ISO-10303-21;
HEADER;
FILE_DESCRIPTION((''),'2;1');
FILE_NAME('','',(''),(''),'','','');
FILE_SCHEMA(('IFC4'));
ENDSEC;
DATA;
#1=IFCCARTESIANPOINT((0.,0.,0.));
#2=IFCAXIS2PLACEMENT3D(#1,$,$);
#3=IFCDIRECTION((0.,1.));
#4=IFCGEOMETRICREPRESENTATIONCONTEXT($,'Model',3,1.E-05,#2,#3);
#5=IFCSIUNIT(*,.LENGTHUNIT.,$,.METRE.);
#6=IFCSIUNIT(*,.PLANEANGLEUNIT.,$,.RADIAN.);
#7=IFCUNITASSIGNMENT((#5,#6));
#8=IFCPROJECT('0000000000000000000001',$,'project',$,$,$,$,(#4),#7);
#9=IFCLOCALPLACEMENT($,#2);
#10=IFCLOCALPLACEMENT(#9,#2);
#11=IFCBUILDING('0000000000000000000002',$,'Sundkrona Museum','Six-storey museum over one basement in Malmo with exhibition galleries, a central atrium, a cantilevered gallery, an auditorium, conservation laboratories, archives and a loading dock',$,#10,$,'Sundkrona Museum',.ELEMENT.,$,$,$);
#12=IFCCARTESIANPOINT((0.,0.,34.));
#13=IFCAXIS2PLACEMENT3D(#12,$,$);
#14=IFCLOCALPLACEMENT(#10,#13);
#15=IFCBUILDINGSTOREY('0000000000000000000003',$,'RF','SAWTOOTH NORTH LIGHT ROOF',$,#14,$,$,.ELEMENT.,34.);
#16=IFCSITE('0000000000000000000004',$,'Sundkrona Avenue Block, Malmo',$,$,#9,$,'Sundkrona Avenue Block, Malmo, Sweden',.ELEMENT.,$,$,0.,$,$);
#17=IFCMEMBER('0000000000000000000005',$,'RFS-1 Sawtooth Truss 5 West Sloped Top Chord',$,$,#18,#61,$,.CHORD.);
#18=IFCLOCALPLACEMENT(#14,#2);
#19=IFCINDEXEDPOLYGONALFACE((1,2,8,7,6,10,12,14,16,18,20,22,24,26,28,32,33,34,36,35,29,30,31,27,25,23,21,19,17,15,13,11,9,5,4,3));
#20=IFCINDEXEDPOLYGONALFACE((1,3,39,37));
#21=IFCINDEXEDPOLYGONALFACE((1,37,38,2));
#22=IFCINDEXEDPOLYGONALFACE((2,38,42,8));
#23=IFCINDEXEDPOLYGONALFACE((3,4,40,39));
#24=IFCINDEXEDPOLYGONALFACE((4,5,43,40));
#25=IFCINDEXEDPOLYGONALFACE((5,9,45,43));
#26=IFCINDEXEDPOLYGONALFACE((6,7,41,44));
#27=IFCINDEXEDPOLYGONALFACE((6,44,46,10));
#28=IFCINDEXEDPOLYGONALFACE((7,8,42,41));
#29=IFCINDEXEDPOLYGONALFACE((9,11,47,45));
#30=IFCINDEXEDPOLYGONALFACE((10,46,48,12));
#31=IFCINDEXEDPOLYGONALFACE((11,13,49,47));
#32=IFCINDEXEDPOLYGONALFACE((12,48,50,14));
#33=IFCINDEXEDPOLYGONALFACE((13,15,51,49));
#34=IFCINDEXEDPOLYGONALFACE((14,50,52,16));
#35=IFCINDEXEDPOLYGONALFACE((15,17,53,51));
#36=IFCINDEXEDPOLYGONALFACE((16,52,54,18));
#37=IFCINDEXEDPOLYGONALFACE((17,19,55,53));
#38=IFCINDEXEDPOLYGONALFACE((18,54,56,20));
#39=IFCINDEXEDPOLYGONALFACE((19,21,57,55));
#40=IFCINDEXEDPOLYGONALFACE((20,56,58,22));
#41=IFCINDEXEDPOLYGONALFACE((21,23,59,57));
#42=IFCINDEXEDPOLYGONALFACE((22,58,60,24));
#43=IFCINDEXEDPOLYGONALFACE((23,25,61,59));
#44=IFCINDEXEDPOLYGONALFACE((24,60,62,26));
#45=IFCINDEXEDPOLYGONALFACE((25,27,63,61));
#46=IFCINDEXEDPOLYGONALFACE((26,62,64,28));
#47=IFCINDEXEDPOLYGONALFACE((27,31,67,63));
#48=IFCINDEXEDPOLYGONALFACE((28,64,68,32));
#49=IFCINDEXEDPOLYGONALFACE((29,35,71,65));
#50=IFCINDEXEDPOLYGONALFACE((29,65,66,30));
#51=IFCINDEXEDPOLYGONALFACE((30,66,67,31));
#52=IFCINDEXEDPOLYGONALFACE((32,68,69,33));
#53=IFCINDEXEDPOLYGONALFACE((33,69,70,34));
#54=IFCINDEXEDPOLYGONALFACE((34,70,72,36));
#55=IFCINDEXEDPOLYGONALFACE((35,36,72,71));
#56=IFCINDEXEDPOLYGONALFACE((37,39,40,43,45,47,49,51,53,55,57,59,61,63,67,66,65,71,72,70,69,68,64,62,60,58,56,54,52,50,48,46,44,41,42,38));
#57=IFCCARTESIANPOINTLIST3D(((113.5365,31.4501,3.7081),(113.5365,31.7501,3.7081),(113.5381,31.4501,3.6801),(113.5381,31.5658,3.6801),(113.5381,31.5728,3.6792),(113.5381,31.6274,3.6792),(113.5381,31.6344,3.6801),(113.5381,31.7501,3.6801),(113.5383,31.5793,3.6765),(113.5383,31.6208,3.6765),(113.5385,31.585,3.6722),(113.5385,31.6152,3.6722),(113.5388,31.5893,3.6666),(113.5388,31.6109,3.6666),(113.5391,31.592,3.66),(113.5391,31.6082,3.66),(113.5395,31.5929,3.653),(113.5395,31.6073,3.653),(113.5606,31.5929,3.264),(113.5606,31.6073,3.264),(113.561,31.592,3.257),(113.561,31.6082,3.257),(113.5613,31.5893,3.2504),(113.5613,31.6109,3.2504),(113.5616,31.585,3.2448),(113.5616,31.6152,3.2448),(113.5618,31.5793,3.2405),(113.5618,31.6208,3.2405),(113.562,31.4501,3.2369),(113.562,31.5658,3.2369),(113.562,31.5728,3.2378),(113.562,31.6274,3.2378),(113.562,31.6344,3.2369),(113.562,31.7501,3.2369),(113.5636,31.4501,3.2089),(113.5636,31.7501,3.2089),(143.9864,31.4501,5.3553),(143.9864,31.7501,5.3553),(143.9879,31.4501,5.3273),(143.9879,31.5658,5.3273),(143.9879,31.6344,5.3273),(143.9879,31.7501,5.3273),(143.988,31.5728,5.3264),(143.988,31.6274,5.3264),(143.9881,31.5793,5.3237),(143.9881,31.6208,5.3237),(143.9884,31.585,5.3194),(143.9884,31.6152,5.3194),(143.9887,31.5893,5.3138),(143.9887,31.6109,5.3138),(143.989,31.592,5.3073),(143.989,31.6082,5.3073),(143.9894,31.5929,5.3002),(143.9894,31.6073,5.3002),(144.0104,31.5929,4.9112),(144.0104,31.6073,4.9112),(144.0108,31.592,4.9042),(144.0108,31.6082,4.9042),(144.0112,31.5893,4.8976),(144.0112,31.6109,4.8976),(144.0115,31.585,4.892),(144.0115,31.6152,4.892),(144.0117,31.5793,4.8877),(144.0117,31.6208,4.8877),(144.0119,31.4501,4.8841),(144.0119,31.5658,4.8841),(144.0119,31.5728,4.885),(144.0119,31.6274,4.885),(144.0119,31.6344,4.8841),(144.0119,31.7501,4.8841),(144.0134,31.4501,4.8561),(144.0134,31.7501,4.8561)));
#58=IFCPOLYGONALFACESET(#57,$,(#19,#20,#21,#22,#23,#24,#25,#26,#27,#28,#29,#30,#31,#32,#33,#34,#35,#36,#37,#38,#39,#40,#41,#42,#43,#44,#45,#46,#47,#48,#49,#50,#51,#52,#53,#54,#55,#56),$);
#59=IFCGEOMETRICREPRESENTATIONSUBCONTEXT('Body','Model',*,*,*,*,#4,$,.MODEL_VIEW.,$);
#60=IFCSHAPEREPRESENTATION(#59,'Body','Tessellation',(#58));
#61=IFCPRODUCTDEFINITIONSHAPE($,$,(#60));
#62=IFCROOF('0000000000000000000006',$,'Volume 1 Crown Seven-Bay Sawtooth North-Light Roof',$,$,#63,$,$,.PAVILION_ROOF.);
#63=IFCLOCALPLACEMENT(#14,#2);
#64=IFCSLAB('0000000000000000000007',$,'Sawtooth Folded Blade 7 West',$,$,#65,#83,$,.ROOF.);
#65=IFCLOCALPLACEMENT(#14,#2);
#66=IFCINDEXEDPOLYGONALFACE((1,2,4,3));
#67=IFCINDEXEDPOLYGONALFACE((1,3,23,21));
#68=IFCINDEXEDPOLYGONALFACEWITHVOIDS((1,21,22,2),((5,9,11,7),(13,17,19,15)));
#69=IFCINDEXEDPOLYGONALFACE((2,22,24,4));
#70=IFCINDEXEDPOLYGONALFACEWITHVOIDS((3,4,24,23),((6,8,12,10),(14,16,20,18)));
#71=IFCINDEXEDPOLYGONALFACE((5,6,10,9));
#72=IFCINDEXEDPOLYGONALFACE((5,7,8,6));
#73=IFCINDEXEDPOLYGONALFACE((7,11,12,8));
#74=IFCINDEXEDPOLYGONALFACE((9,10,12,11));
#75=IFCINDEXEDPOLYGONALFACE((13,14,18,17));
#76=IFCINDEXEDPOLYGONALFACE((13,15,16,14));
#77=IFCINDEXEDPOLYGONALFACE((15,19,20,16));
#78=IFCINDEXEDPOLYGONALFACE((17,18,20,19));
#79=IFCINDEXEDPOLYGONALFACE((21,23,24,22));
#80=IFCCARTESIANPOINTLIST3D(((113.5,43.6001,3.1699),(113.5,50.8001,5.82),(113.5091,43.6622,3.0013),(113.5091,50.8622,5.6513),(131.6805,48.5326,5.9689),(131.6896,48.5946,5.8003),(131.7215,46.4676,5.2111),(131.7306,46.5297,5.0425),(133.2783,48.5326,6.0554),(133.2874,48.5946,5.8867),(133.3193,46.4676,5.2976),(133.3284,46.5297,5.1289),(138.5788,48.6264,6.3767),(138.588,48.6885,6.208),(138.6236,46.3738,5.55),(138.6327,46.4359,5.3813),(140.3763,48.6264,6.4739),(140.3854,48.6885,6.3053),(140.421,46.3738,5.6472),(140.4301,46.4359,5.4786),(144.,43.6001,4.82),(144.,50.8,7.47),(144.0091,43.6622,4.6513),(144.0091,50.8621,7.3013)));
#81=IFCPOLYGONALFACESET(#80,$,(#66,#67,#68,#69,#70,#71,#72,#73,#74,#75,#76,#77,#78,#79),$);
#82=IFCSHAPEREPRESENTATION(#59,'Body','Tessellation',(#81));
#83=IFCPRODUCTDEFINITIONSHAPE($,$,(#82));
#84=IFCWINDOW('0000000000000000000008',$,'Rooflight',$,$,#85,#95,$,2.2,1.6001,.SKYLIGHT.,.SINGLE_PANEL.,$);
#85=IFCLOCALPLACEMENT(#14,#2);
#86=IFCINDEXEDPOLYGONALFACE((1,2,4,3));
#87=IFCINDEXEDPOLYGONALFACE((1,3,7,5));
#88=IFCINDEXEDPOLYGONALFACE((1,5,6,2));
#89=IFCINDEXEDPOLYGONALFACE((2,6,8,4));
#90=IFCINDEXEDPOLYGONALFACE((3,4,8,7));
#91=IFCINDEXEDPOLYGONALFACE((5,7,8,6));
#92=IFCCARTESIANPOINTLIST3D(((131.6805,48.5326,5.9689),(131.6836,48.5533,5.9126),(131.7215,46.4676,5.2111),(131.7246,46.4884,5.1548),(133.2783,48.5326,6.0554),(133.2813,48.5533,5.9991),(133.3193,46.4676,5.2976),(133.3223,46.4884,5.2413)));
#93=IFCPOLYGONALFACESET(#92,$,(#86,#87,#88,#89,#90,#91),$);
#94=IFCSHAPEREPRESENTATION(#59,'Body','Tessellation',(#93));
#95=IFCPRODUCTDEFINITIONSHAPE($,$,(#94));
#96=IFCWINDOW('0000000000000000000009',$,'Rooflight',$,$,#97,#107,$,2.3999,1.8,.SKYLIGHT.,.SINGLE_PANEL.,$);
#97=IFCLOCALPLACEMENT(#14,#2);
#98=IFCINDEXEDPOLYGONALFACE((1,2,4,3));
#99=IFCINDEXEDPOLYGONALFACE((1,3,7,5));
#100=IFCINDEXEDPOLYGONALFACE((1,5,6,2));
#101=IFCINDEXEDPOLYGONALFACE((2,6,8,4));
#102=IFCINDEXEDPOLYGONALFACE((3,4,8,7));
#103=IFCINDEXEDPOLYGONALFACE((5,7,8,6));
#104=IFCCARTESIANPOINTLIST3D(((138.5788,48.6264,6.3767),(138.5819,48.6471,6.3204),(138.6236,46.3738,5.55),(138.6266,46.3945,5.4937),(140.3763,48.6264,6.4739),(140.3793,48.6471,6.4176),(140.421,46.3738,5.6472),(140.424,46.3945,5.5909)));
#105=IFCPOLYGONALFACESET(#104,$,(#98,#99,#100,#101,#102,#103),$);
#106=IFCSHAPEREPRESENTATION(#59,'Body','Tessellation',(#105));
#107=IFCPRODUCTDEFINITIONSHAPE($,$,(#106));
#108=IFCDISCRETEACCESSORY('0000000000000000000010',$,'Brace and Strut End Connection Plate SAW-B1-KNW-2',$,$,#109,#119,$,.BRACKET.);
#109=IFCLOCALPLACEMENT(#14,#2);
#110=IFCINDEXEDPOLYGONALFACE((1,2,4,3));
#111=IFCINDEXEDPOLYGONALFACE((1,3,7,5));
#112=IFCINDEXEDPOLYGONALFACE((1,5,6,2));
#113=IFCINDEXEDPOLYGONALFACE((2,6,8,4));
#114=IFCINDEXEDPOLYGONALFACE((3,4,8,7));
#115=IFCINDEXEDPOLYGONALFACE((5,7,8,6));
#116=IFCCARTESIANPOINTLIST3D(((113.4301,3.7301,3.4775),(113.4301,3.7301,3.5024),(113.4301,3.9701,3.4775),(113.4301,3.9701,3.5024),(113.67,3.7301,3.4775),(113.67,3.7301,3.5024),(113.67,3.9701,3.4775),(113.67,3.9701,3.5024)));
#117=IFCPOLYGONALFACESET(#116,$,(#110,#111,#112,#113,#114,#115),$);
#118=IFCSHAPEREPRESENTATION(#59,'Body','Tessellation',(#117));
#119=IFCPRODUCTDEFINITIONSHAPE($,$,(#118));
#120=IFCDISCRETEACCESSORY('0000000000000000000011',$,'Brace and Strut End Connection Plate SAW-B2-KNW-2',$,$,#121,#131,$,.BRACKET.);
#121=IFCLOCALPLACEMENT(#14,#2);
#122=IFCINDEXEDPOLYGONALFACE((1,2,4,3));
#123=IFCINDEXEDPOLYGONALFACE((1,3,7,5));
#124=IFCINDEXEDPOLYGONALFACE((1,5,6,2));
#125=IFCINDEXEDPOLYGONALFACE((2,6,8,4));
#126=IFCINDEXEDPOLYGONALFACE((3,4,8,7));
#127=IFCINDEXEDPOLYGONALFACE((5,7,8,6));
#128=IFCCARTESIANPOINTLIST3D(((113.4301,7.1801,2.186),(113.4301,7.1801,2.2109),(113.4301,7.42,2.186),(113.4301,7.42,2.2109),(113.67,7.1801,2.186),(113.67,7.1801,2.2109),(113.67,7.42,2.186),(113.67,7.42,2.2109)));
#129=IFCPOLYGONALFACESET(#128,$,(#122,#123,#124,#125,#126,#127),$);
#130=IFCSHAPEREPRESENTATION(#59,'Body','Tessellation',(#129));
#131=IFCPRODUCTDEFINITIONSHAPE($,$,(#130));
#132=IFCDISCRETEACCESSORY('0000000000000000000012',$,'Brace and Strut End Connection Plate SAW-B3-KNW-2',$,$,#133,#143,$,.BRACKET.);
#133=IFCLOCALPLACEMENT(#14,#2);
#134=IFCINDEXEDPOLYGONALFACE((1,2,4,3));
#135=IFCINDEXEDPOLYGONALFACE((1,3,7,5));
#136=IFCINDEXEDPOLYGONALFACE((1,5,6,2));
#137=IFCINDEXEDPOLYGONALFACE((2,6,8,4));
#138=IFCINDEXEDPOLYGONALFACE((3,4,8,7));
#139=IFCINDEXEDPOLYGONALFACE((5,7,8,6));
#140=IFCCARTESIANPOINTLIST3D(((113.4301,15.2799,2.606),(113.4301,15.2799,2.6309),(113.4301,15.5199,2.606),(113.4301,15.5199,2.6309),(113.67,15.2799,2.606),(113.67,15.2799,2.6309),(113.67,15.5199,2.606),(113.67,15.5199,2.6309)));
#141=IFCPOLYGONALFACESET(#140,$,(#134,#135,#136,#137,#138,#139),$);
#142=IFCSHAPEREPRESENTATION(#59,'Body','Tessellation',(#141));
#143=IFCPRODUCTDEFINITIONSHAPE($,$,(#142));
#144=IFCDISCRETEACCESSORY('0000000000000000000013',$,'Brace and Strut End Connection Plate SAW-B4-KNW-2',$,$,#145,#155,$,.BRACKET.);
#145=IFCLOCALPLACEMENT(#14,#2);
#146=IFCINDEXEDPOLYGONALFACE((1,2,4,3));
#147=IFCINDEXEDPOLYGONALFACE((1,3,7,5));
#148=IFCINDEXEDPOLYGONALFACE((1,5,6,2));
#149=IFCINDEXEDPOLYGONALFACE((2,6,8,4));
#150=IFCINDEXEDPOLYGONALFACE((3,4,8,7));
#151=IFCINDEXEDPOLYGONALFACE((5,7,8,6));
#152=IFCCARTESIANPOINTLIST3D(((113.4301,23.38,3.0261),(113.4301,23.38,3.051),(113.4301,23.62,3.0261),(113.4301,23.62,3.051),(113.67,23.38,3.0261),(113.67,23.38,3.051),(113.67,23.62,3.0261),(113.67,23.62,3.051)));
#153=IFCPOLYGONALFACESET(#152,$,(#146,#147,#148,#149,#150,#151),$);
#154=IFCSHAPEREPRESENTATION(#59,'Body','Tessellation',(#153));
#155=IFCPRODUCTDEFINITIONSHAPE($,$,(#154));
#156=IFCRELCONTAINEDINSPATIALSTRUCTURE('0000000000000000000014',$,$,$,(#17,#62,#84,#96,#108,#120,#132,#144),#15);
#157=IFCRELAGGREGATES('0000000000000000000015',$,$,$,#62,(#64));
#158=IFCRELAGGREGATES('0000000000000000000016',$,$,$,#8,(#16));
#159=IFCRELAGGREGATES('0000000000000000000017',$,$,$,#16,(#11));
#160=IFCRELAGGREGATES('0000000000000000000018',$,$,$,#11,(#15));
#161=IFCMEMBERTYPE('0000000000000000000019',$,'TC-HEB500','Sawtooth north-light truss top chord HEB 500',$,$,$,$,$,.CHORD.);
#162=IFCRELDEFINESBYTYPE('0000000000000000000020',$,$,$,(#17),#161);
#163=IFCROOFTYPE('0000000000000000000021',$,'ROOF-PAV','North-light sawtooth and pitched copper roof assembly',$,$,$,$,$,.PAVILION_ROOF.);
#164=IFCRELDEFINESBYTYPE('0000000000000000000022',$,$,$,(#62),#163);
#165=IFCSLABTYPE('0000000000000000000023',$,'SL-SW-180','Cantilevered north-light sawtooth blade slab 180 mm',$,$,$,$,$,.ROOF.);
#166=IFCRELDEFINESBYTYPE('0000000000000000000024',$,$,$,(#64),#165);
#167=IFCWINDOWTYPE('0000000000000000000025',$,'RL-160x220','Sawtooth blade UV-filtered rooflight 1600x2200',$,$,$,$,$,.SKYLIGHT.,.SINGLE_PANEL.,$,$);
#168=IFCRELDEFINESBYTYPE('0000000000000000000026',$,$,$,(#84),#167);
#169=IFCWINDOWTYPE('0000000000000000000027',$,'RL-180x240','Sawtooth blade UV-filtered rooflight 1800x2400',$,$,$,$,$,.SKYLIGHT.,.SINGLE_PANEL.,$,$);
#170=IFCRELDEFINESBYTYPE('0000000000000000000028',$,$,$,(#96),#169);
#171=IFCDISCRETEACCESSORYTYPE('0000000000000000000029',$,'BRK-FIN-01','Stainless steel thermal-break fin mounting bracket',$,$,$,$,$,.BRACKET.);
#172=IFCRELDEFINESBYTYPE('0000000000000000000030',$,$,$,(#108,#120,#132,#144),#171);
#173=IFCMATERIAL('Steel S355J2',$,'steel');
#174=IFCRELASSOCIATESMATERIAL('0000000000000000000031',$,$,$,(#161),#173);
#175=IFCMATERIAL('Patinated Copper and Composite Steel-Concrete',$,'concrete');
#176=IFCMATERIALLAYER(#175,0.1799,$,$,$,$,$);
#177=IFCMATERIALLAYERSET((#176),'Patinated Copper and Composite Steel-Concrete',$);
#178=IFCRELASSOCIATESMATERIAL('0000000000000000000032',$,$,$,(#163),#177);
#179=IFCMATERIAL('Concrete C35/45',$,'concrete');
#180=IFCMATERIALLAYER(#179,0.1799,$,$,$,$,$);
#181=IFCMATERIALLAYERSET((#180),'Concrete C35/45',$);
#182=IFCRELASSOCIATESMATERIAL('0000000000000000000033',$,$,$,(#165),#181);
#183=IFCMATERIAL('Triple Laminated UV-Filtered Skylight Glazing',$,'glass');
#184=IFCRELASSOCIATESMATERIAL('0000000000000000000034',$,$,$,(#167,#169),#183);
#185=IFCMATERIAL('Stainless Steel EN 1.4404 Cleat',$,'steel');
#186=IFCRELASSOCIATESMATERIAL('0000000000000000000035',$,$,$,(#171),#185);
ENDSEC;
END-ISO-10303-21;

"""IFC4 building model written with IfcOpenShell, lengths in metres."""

from ifc_helpers import new_model, si_unit, direction, frame, origin, origin_2d, place, context, subcontext, project, spatial, polyline, rectangle, i_section, outline, extrude, material, layer, layer_set, material_profile, profile_set, type_object, element, fill, aggregate, save


model = new_model("IFC4")

# Units and contexts
model_context = context("Model", 3, precision=1e-05, world=origin(), true_north=direction((0.0, 1.0)))
body_context = subcontext(model_context, "Body", "Model", "MODEL_VIEW")
ifc_project = project(units=[si_unit("LENGTHUNIT", "METRE"), si_unit("PLANEANGLEUNIT", "RADIAN")], contexts=[model_context])

# Site, building, storey
site_placement = place(None, origin())
site = spatial("IfcSite", under=ifc_project, at=site_placement, Name="Sundkrona Avenue Block, Malmo", LongName="Sundkrona Avenue Block, Malmo, Sweden", CompositionType="ELEMENT", RefElevation=0.0)
building_placement = place(site_placement, origin())
building = spatial("IfcBuilding", under=site, at=building_placement, Name="Sundkrona Museum", Description="Six-storey museum over one basement in Malmo with exhibition galleries, a central atrium, a cantilevered gallery, an auditorium, conservation laboratories, archives and a loading dock", LongName="Sundkrona Museum", CompositionType="ELEMENT")
storey_placement = place(building_placement, frame((0.0, 0.0, 34.0)))
storey = spatial("IfcBuildingStorey", under=building, at=storey_placement, Name="RF", Description="SAWTOOTH NORTH LIGHT ROOF", CompositionType="ELEMENT", Elevation=34.0)

# Member
ifc_material_1 = material(Name="Steel S355J2", Category="steel")
ifc_material_profile = material_profile(ifc_material_1, i_section(OverallWidth=0.3, OverallDepth=0.5, WebThickness=0.0144, FlangeThickness=0.0281, FilletRadius=0.0271, at=origin_2d()), Name="HEB 500")
ifc_profile_set = profile_set([ifc_material_profile], Name="Steel S355J2")
member_type = type_object("IfcMemberType", Name="TC-HEB500", Description="Sawtooth north-light truss top chord HEB 500", PredefinedType="CHORD", material=ifc_profile_set)
for number, where, z_axis, x_axis, name in (
    (1, (113.55, 31.6001, 3.4585), (0.99854, 0.0, 0.054017), (0.0, 1.0, 0.0), "RFS-1 Sawtooth Truss 5 West Sloped Top Chord"),
):
    element("IfcMember", number, at=place(storey_placement, frame(where, z_axis=z_axis, x_axis=x_axis)), inside=storey, type_object=member_type, Name=name, PredefinedType="CHORD", context=body_context, shape_type="SweptSolid", body=[
        extrude(i_section(OverallWidth=0.3, OverallDepth=0.5, WebThickness=0.0144, FlangeThickness=0.0281, FilletRadius=0.0271, at=origin_2d()), origin(), (0.0, 0.0, 1.0), 30.4944),
    ])

# Roof, slab, openings, windows
ifc_material_2 = material(Name="Patinated Copper and Composite Steel-Concrete", Category="concrete")
ifc_layer_1 = layer(ifc_material_2, 0.1799)
ifc_layer_set_1 = layer_set([ifc_layer_1], Name="Patinated Copper and Composite Steel-Concrete")
roof_type = type_object("IfcRoofType", Name="ROOF-PAV", Description="North-light sawtooth and pitched copper roof assembly", PredefinedType="PAVILION_ROOF", material=ifc_layer_set_1)
roof_placement = place(storey_placement, origin())
roof = element("IfcRoof", 2, at=roof_placement, inside=storey, type_object=roof_type, Name="Volume 1 Crown Seven-Bay Sawtooth North-Light Roof", PredefinedType="PAVILION_ROOF")
ifc_material_3 = material(Name="Concrete C35/45", Category="concrete")
ifc_layer_2 = layer(ifc_material_3, 0.1799)
ifc_layer_set_2 = layer_set([ifc_layer_2], Name="Concrete C35/45")
slab_type = type_object("IfcSlabType", Name="SL-SW-180", Description="Cantilevered north-light sawtooth blade slab 180 mm", PredefinedType="ROOF", material=ifc_layer_set_2)
ifc_material_4 = material(Name="Triple Laminated UV-Filtered Skylight Glazing", Category="glass")
slab_1_placement = place(storey_placement, frame((113.5, 43.6001, 3.1699), z_axis=(-0.050704, -0.344964, 0.937245), x_axis=(0.99854, 0.000001, 0.054021)))
slab_1 = element("IfcSlab", 3, at=slab_1_placement, type_object=slab_type, Name="Sawtooth Folded Blade 7 West", PredefinedType="ROOF", context=body_context, shape_type="SweptSolid", body=[
    extrude(outline(polyline([(0.0, 0.0), (30.5446, 0.0), (30.6878, 7.6708), (0.1432, 7.6709), (0.0, 0.0)])), origin(), (0.0, 0.0, -1.0), 0.1799),
])
opening_1_placement = place(slab_1_placement, frame((19.1052, 4.155, 0.01)))
opening_1 = element("IfcOpeningElement", 4, at=opening_1_placement, cuts=slab_1, PredefinedType="OPENING", context=body_context, shape_type="SweptSolid", body=[
    extrude(rectangle(XDim=1.6001, YDim=2.2, at=origin_2d()), origin(), (0.0, 0.0, -1.0), 0.2),
])
opening_2_placement = place(slab_1_placement, frame((26.1155, 4.155, 0.01)))
opening_2 = element("IfcOpeningElement", 5, at=opening_2_placement, cuts=slab_1, PredefinedType="OPENING", context=body_context, shape_type="SweptSolid", body=[
    extrude(rectangle(XDim=1.8, YDim=2.3999, at=origin_2d()), origin(), (0.0, 0.0, -1.0), 0.2),
])
window_type_1 = type_object("IfcWindowType", Name="RL-160x220", Description="Sawtooth blade UV-filtered rooflight 1600x2200", PartitioningType="SINGLE_PANEL", PredefinedType="SKYLIGHT", material=ifc_material_4)
window_1_placement = place(slab_1_placement, frame((19.1052, 4.155, 0.0)))
window_1 = element("IfcWindow", 6, at=window_1_placement, inside=storey, type_object=window_type_1, Name="Rooflight", OverallHeight=2.2, OverallWidth=1.6001, PartitioningType="SINGLE_PANEL", PredefinedType="SKYLIGHT", context=body_context, shape_type="SweptSolid", body=[
    extrude(rectangle(XDim=1.6001, YDim=2.2, at=origin_2d()), origin(), (0.0, 0.0, -1.0), 0.0601),
])
fill(opening_1, window_1)
window_type_2 = type_object("IfcWindowType", Name="RL-180x240", Description="Sawtooth blade UV-filtered rooflight 1800x2400", PartitioningType="SINGLE_PANEL", PredefinedType="SKYLIGHT", material=ifc_material_4)
window_2_placement = place(slab_1_placement, frame((26.1155, 4.155, 0.0)))
window_2 = element("IfcWindow", 7, at=window_2_placement, inside=storey, type_object=window_type_2, Name="Rooflight", OverallHeight=2.3999, OverallWidth=1.8, PartitioningType="SINGLE_PANEL", PredefinedType="SKYLIGHT", context=body_context, shape_type="SweptSolid", body=[
    extrude(rectangle(XDim=1.8, YDim=2.3999, at=origin_2d()), origin(), (0.0, 0.0, -1.0), 0.0601),
])
fill(opening_2, window_2)
aggregate(roof, [slab_1])

# Discrete accessories
ifc_material_5 = material(Name="Stainless Steel EN 1.4404 Cleat", Category="steel")
discrete_accessory_type = type_object("IfcDiscreteAccessoryType", Name="BRK-FIN-01", Description="Stainless steel thermal-break fin mounting bracket", PredefinedType="BRACKET", material=ifc_material_5)
for number, where, z_axis, x_axis, name in (
    (8, (113.55, 3.8501, 3.4775), (0.0, 0.0, 1.0), (1.0, 0.0, 0.0), "Brace and Strut End Connection Plate SAW-B1-KNW-2"),
    (9, (113.55, 7.3, 2.186), (0.0, 0.0, 1.0), (1.0, 0.0, 0.0), "Brace and Strut End Connection Plate SAW-B2-KNW-2"),
    (10, (113.55, 15.3999, 2.606), (0.0, 0.0, 1.0), (1.0, 0.0, 0.0), "Brace and Strut End Connection Plate SAW-B3-KNW-2"),
    (11, (113.55, 23.5, 3.0261), (0.0, 0.0, 1.0), (1.0, 0.0, 0.0), "Brace and Strut End Connection Plate SAW-B4-KNW-2"),
):
    element("IfcDiscreteAccessory", number, at=place(storey_placement, frame(where, z_axis=z_axis, x_axis=x_axis)), inside=storey, type_object=discrete_accessory_type, Name=name, PredefinedType="BRACKET", context=body_context, shape_type="SweptSolid", body=[
        extrude(rectangle(XDim=0.24, YDim=0.24, at=origin_2d()), origin(), (0.0, 0.0, 1.0), 0.0249),
    ])

save(model, "model.ifc")
